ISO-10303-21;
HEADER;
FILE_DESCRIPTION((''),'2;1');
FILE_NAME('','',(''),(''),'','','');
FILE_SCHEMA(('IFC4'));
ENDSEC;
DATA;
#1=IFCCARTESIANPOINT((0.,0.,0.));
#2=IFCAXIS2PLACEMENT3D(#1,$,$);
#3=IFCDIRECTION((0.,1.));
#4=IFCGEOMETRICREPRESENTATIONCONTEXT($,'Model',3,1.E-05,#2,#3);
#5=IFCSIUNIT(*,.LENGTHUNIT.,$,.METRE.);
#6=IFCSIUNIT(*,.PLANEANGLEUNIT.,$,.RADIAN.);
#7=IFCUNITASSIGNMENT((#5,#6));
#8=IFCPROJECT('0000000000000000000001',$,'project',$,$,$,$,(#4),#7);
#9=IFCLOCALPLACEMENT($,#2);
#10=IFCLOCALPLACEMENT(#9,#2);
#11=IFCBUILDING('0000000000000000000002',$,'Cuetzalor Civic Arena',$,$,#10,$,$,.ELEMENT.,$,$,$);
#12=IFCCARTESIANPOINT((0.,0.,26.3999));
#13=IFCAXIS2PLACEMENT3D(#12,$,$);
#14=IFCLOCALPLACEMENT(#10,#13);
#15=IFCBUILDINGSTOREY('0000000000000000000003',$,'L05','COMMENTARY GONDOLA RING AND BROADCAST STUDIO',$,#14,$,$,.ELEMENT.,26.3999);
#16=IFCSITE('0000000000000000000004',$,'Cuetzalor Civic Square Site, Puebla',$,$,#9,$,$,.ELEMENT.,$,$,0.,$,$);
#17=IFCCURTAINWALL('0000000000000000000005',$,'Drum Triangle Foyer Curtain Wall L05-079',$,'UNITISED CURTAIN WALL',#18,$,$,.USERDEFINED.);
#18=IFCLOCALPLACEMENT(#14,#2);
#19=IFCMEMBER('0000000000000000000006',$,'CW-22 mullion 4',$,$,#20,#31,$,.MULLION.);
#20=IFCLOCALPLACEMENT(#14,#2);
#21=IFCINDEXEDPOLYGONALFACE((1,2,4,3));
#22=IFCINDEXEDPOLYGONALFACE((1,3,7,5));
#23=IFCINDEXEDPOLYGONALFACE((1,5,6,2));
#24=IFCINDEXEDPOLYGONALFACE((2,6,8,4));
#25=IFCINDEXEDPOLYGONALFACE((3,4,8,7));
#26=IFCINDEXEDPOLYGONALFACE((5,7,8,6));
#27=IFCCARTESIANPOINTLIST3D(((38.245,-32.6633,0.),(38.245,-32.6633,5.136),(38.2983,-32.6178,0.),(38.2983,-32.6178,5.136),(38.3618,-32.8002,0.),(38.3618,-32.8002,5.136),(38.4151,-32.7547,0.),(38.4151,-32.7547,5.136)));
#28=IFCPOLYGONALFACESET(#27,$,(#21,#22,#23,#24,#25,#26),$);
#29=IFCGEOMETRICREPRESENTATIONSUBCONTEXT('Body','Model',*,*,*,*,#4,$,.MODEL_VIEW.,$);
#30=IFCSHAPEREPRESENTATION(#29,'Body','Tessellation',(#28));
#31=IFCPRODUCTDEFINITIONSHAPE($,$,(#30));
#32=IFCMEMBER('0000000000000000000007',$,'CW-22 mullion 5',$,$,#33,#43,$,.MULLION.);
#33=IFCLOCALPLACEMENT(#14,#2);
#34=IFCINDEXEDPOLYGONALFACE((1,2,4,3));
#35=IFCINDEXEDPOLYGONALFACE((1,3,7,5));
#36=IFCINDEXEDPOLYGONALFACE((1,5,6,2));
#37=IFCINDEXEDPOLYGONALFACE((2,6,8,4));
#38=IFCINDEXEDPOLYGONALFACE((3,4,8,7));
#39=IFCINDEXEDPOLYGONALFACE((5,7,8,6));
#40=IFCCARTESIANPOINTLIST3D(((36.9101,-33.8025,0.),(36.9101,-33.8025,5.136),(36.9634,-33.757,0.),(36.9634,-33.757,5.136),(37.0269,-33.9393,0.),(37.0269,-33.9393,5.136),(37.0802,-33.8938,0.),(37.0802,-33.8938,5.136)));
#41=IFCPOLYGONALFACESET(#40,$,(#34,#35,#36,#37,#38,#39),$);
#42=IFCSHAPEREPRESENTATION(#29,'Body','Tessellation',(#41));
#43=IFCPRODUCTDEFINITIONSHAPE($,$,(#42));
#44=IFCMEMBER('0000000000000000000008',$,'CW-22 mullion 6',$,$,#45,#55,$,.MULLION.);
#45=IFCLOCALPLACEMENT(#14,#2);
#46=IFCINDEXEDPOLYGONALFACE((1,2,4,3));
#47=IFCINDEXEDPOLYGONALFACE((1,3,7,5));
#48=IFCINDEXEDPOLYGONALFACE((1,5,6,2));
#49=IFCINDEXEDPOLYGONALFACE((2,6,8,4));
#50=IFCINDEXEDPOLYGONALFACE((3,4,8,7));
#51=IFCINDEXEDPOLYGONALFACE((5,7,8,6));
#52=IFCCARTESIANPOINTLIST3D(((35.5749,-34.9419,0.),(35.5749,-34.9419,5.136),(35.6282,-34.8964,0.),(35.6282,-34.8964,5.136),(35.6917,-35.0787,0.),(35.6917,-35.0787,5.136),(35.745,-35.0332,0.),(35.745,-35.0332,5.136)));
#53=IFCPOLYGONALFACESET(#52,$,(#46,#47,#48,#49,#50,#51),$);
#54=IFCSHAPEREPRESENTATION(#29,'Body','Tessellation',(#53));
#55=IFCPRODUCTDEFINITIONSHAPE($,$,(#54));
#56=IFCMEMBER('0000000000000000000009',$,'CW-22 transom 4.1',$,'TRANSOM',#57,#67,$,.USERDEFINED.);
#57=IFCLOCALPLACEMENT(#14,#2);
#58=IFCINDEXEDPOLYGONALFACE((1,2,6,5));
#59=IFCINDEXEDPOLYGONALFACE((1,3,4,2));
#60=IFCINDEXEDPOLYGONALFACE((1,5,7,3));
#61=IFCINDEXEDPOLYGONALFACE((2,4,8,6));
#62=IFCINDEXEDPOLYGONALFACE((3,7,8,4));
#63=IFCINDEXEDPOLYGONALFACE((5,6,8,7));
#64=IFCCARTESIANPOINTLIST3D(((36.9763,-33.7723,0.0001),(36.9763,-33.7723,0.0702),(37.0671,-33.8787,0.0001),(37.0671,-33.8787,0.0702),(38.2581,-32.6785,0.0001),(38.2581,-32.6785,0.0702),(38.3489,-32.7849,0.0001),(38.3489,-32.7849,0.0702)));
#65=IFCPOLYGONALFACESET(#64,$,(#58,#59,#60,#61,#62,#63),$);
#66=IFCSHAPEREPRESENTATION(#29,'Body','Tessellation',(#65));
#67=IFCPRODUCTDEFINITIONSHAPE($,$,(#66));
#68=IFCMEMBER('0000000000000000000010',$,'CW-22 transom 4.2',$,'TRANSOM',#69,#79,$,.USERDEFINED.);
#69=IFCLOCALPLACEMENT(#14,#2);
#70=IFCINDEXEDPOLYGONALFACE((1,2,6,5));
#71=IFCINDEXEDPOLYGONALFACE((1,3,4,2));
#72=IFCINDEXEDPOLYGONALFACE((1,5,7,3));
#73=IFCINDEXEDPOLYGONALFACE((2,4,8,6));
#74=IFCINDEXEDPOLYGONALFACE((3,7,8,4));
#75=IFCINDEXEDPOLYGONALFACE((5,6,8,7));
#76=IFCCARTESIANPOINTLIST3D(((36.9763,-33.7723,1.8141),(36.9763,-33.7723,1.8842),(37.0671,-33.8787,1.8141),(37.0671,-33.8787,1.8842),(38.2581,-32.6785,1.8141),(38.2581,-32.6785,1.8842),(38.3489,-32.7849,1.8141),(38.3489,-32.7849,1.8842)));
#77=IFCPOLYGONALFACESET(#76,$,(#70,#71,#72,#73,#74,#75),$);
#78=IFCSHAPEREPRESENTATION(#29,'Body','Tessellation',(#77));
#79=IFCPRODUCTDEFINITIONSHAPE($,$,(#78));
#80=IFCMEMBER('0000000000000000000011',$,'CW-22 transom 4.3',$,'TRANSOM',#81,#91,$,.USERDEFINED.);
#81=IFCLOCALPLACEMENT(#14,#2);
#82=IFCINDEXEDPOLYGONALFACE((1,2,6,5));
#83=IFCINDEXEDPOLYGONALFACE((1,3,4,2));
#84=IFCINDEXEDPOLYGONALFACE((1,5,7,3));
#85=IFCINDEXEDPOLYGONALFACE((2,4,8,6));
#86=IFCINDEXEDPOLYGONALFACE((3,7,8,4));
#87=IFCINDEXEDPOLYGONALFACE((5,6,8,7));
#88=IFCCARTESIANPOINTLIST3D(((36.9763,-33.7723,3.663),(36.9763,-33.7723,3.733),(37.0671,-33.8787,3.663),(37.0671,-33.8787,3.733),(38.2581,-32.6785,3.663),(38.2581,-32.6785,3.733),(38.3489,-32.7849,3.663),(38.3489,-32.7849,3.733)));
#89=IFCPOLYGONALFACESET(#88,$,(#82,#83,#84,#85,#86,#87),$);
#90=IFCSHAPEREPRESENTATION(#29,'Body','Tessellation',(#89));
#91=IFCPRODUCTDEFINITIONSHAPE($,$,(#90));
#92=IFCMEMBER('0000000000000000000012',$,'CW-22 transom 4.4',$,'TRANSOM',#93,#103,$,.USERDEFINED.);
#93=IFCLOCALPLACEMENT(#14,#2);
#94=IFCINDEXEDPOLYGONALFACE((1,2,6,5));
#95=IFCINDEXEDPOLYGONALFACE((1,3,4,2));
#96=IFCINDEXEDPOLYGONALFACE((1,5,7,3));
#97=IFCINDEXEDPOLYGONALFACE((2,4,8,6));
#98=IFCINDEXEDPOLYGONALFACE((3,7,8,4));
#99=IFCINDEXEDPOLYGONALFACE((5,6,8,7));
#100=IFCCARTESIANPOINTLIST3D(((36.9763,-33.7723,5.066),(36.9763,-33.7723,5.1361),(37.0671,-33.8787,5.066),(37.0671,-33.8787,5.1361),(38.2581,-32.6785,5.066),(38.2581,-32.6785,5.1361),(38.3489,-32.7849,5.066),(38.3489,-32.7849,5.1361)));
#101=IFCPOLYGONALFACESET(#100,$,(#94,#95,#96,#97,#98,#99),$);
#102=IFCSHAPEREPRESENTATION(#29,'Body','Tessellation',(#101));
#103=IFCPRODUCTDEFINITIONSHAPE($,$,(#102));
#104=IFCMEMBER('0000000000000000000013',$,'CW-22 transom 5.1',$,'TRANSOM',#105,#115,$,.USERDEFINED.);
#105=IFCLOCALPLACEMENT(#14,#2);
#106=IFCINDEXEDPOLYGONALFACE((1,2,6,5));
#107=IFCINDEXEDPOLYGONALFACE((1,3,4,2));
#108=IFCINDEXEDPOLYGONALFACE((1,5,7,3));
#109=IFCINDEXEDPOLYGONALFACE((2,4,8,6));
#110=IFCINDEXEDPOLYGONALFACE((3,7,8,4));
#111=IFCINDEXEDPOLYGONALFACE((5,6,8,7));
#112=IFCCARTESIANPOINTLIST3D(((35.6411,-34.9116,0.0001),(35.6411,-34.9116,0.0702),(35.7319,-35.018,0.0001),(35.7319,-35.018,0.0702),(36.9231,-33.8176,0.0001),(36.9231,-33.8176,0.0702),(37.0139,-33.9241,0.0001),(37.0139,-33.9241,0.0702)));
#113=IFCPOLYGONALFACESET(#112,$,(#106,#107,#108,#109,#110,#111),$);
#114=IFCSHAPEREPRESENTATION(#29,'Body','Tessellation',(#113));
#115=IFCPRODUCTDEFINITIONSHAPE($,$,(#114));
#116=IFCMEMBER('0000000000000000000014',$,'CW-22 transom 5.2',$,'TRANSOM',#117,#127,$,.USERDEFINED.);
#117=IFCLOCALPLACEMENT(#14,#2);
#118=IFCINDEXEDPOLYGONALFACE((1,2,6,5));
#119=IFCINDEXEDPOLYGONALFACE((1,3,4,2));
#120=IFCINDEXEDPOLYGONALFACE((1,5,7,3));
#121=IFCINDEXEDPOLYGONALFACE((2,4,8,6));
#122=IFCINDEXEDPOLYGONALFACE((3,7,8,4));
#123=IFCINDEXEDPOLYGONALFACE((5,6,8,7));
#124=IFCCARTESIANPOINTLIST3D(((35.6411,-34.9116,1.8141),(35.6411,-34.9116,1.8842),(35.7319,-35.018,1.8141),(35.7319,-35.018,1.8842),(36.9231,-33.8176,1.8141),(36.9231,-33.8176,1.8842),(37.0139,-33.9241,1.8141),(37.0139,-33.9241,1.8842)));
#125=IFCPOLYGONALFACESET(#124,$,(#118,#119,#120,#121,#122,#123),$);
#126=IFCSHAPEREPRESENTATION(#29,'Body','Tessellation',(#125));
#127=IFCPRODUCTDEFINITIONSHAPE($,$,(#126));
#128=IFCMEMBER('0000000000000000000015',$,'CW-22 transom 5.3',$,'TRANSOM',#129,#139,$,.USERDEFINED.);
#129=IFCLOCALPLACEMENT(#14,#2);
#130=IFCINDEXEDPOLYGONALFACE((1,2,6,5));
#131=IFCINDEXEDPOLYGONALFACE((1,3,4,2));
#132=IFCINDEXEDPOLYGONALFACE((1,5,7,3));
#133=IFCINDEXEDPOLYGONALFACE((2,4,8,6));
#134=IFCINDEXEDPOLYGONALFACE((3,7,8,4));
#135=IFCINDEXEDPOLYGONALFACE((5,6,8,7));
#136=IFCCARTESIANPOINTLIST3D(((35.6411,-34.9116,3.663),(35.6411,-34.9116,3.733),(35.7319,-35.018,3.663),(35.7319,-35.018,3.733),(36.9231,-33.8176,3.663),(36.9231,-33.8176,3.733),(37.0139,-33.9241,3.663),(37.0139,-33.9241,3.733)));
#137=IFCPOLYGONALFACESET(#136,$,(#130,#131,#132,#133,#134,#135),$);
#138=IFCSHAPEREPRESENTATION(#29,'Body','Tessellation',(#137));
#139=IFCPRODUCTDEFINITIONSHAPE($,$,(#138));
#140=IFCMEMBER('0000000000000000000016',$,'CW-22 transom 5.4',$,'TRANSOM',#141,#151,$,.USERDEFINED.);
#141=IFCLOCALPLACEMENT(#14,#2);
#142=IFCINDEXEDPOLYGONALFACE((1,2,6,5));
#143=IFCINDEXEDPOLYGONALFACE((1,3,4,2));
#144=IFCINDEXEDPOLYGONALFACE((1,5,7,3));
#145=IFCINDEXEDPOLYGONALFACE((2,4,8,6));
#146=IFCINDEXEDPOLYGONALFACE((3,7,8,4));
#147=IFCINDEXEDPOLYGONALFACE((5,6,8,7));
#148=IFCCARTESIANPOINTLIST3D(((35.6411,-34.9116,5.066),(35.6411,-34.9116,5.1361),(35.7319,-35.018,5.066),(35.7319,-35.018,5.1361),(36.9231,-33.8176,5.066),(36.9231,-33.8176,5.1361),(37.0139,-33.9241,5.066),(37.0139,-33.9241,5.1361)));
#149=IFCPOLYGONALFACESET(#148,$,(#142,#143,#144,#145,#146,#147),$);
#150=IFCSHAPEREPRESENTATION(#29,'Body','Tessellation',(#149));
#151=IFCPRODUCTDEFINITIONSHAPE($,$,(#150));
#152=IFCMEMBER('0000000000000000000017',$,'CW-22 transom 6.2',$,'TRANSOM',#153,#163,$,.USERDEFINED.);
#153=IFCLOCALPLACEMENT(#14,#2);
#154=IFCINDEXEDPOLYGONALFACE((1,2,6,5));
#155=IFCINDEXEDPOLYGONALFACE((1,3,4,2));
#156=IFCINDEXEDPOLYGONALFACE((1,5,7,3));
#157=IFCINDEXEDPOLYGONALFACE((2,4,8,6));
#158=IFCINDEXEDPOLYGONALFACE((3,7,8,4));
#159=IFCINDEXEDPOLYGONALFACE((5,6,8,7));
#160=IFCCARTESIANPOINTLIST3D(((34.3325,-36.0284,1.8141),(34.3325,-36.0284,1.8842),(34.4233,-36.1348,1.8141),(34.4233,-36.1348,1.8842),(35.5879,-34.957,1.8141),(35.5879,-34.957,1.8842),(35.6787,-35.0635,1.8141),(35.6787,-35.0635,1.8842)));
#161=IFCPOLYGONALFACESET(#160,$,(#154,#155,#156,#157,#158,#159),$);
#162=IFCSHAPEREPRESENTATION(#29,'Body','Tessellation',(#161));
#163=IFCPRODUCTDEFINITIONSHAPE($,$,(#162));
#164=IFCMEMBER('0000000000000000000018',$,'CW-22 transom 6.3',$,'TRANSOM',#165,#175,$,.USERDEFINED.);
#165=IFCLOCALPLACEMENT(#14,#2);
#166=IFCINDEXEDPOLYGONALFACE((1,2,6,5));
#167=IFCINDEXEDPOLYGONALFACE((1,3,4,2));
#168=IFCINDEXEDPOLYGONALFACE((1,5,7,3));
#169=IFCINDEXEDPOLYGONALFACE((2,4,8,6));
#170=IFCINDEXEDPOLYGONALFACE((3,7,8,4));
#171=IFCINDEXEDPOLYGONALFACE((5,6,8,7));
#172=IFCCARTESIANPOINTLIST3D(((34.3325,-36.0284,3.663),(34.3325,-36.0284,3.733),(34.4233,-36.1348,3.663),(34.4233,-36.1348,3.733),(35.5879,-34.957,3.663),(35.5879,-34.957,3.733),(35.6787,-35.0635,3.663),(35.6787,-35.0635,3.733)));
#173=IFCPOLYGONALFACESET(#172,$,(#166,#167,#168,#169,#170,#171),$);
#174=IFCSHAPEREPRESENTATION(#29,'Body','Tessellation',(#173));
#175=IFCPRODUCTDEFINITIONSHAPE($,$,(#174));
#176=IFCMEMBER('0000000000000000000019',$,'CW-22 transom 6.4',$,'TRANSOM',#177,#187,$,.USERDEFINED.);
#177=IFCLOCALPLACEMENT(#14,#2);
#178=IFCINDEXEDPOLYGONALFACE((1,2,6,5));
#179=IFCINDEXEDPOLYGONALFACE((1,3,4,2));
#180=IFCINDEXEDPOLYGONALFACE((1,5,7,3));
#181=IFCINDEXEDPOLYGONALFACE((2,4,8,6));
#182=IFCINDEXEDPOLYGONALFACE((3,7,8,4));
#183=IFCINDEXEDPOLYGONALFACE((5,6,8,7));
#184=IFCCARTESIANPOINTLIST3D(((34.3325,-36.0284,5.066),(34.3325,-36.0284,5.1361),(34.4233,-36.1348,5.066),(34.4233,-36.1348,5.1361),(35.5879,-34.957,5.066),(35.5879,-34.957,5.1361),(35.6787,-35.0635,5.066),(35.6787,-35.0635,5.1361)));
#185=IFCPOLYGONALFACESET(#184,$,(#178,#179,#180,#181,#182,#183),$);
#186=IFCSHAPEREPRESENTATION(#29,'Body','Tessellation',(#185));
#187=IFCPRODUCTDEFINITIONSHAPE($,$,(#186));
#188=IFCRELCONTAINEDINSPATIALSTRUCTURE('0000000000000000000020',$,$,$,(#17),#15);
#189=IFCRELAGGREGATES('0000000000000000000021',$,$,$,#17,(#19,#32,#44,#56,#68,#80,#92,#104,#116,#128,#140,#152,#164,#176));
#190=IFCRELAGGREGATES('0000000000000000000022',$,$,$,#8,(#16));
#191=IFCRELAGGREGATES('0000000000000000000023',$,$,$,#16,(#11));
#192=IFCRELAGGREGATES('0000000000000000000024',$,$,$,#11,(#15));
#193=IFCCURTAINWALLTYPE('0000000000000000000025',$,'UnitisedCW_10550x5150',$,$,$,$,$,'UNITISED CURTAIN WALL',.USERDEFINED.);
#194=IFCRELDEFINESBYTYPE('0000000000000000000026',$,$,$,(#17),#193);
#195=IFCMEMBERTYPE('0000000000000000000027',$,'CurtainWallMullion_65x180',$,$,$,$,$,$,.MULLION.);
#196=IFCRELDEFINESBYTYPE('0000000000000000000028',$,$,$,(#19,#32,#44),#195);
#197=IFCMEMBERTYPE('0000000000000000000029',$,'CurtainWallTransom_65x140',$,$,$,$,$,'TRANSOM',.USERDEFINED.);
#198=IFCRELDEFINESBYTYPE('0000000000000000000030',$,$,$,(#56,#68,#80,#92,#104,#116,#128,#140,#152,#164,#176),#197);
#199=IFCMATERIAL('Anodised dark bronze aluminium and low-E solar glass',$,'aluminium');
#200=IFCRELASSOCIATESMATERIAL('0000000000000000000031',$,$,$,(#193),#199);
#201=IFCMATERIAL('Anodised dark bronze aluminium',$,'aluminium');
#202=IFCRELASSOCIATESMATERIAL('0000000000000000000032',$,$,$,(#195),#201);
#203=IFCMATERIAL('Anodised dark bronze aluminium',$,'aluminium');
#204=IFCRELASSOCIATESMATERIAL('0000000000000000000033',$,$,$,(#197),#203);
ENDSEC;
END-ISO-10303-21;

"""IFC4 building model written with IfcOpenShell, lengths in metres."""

from ifc_helpers import new_model, si_unit, direction, frame, origin, origin_2d, place, context, subcontext, project, spatial, rectangle, extrude, material, material_profile, profile_set, type_object, element, aggregate, save


model = new_model("IFC4")

# Units and contexts
model_context = context("Model", 3, precision=1e-05, world=origin(), true_north=direction((0.0, 1.0)))
body_context = subcontext(model_context, "Body", "Model", "MODEL_VIEW")
ifc_project = project(units=[si_unit("LENGTHUNIT", "METRE"), si_unit("PLANEANGLEUNIT", "RADIAN")], contexts=[model_context])

# Site, building, storey
site_placement = place(None, origin())
site = spatial("IfcSite", under=ifc_project, at=site_placement, Name="Cuetzalor Civic Square Site, Puebla", CompositionType="ELEMENT", RefElevation=0.0)
building_placement = place(site_placement, origin())
building = spatial("IfcBuilding", under=site, at=building_placement, Name="Cuetzalor Civic Arena", CompositionType="ELEMENT")
storey_placement = place(building_placement, frame((0.0, 0.0, 26.3999)))
storey = spatial("IfcBuildingStorey", under=building, at=storey_placement, Name="L05", Description="COMMENTARY GONDOLA RING AND BROADCAST STUDIO", CompositionType="ELEMENT", Elevation=26.3999)

# Curtain wall, members
ifc_material_1 = material(Name="Anodised dark bronze aluminium and low-E solar glass", Category="aluminium")
curtain_wall_type = type_object("IfcCurtainWallType", Name="UnitisedCW_10550x5150", ElementType="UNITISED CURTAIN WALL", PredefinedType="USERDEFINED", material=ifc_material_1)
curtain_wall_placement = place(storey_placement, origin())
curtain_wall = element("IfcCurtainWall", 1, at=curtain_wall_placement, inside=storey, type_object=curtain_wall_type, Name="Drum Triangle Foyer Curtain Wall L05-079", ObjectType="UNITISED CURTAIN WALL", PredefinedType="USERDEFINED")
ifc_material_2 = material(Name="Anodised dark bronze aluminium", Category="aluminium")
ifc_material_profile_1 = material_profile(ifc_material_2, rectangle(XDim=0.0701, YDim=0.1799, at=origin_2d()), Name="ALU MULLION 70x180")
ifc_profile_set_1 = profile_set([ifc_material_profile_1], Name="Anodised dark bronze aluminium")
member_type_1 = type_object("IfcMemberType", Name="CurtainWallMullion_65x180", PredefinedType="MULLION", material=ifc_profile_set_1)
member_1_placement = place(storey_placement, frame((38.3301, -32.709, 0.0), z_axis=(0.0, 0.0, 1.0), x_axis=(-0.760677, -0.64913, 0.0)))
member_1 = element("IfcMember", 2, at=member_1_placement, type_object=member_type_1, Name="CW-22 mullion 4", PredefinedType="MULLION", context=body_context, shape_type="SweptSolid", body=[
    extrude(rectangle(XDim=0.0701, YDim=0.1799, at=origin_2d()), origin(), (0.0, 0.0, 1.0), 5.136),
])
member_2_placement = place(storey_placement, frame((36.9951, -33.8481, 0.0), z_axis=(0.0, 0.0, 1.0), x_axis=(-0.760677, -0.64913, 0.0)))
member_2 = element("IfcMember", 3, at=member_2_placement, type_object=member_type_1, Name="CW-22 mullion 5", PredefinedType="MULLION", context=body_context, shape_type="SweptSolid", body=[
    extrude(rectangle(XDim=0.0701, YDim=0.1799, at=origin_2d()), origin(), (0.0, 0.0, 1.0), 5.136),
])
member_3_placement = place(storey_placement, frame((35.6599, -34.9875, 0.0), z_axis=(0.0, 0.0, 1.0), x_axis=(-0.760677, -0.64913, 0.0)))
member_3 = element("IfcMember", 4, at=member_3_placement, type_object=member_type_1, Name="CW-22 mullion 6", PredefinedType="MULLION", context=body_context, shape_type="SweptSolid", body=[
    extrude(rectangle(XDim=0.0701, YDim=0.1799, at=origin_2d()), origin(), (0.0, 0.0, 1.0), 5.136),
])
ifc_material_3 = material(Name="Anodised dark bronze aluminium", Category="aluminium")
ifc_material_profile_2 = material_profile(ifc_material_3, rectangle(XDim=0.1399, YDim=0.0701, at=origin_2d()), Name="ALU TRANSOM 70x140")
ifc_profile_set_2 = profile_set([ifc_material_profile_2], Name="Anodised dark bronze aluminium")
member_type_2 = type_object("IfcMemberType", Name="CurtainWallTransom_65x140", ElementType="TRANSOM", PredefinedType="USERDEFINED", material=ifc_profile_set_2)
member_4_placement = place(storey_placement, frame((38.3035, -32.7317, 0.0352), z_axis=(-0.760687, -0.649119, 0.0), x_axis=(0.649119, -0.760687, 0.0)))
member_4 = element("IfcMember", 5, at=member_4_placement, type_object=member_type_2, Name="CW-22 transom 4.1", ObjectType="TRANSOM", PredefinedType="USERDEFINED", context=body_context, shape_type="SweptSolid", body=[
    extrude(rectangle(XDim=0.1399, YDim=0.0701, at=origin_2d()), origin(), (0.0, 0.0, 1.0), 1.6851),
])
member_5_placement = place(storey_placement, frame((38.3035, -32.7317, 1.8491), z_axis=(-0.760687, -0.649119, 0.0), x_axis=(0.649119, -0.760687, 0.0)))
member_5 = element("IfcMember", 6, at=member_5_placement, type_object=member_type_2, Name="CW-22 transom 4.2", ObjectType="TRANSOM", PredefinedType="USERDEFINED", context=body_context, shape_type="SweptSolid", body=[
    extrude(rectangle(XDim=0.1399, YDim=0.0701, at=origin_2d()), origin(), (0.0, 0.0, 1.0), 1.6851),
])
member_6_placement = place(storey_placement, frame((38.3035, -32.7317, 3.698), z_axis=(-0.760687, -0.649119, 0.0), x_axis=(0.649119, -0.760687, 0.0)))
member_6 = element("IfcMember", 7, at=member_6_placement, type_object=member_type_2, Name="CW-22 transom 4.3", ObjectType="TRANSOM", PredefinedType="USERDEFINED", context=body_context, shape_type="SweptSolid", body=[
    extrude(rectangle(XDim=0.1399, YDim=0.0701, at=origin_2d()), origin(), (0.0, 0.0, 1.0), 1.6851),
])
member_7_placement = place(storey_placement, frame((38.3035, -32.7317, 5.1011), z_axis=(-0.760687, -0.649119, 0.0), x_axis=(0.649119, -0.760687, 0.0)))
member_7 = element("IfcMember", 8, at=member_7_placement, type_object=member_type_2, Name="CW-22 transom 4.4", ObjectType="TRANSOM", PredefinedType="USERDEFINED", context=body_context, shape_type="SweptSolid", body=[
    extrude(rectangle(XDim=0.1399, YDim=0.0701, at=origin_2d()), origin(), (0.0, 0.0, 1.0), 1.6851),
])
member_8_placement = place(storey_placement, frame((36.9685, -33.8708, 0.0352), z_axis=(-0.760676, -0.649132, 0.0), x_axis=(0.649132, -0.760676, 0.0)))
member_8 = element("IfcMember", 9, at=member_8_placement, type_object=member_type_2, Name="CW-22 transom 5.1", ObjectType="TRANSOM", PredefinedType="USERDEFINED", context=body_context, shape_type="SweptSolid", body=[
    extrude(rectangle(XDim=0.1399, YDim=0.0701, at=origin_2d()), origin(), (0.0, 0.0, 1.0), 1.6853),
])
member_9_placement = place(storey_placement, frame((36.9685, -33.8708, 1.8491), z_axis=(-0.760676, -0.649132, 0.0), x_axis=(0.649132, -0.760676, 0.0)))
member_9 = element("IfcMember", 10, at=member_9_placement, type_object=member_type_2, Name="CW-22 transom 5.2", ObjectType="TRANSOM", PredefinedType="USERDEFINED", context=body_context, shape_type="SweptSolid", body=[
    extrude(rectangle(XDim=0.1399, YDim=0.0701, at=origin_2d()), origin(), (0.0, 0.0, 1.0), 1.6853),
])
member_10_placement = place(storey_placement, frame((36.9685, -33.8708, 3.698), z_axis=(-0.760676, -0.649132, 0.0), x_axis=(0.649132, -0.760676, 0.0)))
member_10 = element("IfcMember", 11, at=member_10_placement, type_object=member_type_2, Name="CW-22 transom 5.3", ObjectType="TRANSOM", PredefinedType="USERDEFINED", context=body_context, shape_type="SweptSolid", body=[
    extrude(rectangle(XDim=0.1399, YDim=0.0701, at=origin_2d()), origin(), (0.0, 0.0, 1.0), 1.6853),
])
member_11_placement = place(storey_placement, frame((36.9685, -33.8708, 5.1011), z_axis=(-0.760676, -0.649132, 0.0), x_axis=(0.649132, -0.760676, 0.0)))
member_11 = element("IfcMember", 12, at=member_11_placement, type_object=member_type_2, Name="CW-22 transom 5.4", ObjectType="TRANSOM", PredefinedType="USERDEFINED", context=body_context, shape_type="SweptSolid", body=[
    extrude(rectangle(XDim=0.1399, YDim=0.0701, at=origin_2d()), origin(), (0.0, 0.0, 1.0), 1.6853),
])
member_12_placement = place(storey_placement, frame((35.6333, -35.0103, 1.8491), z_axis=(-0.760675, -0.649133, 0.0), x_axis=(0.649133, -0.760675, 0.0)))
member_12 = element("IfcMember", 13, at=member_12_placement, type_object=member_type_2, Name="CW-22 transom 6.2", ObjectType="TRANSOM", PredefinedType="USERDEFINED", context=body_context, shape_type="SweptSolid", body=[
    extrude(rectangle(XDim=0.1399, YDim=0.0701, at=origin_2d()), origin(), (0.0, 0.0, 1.0), 1.6504),
])
member_13_placement = place(storey_placement, frame((35.6333, -35.0103, 3.698), z_axis=(-0.760675, -0.649133, 0.0), x_axis=(0.649133, -0.760675, 0.0)))
member_13 = element("IfcMember", 14, at=member_13_placement, type_object=member_type_2, Name="CW-22 transom 6.3", ObjectType="TRANSOM", PredefinedType="USERDEFINED", context=body_context, shape_type="SweptSolid", body=[
    extrude(rectangle(XDim=0.1399, YDim=0.0701, at=origin_2d()), origin(), (0.0, 0.0, 1.0), 1.6504),
])
member_14_placement = place(storey_placement, frame((35.6333, -35.0103, 5.1011), z_axis=(-0.760675, -0.649133, 0.0), x_axis=(0.649133, -0.760675, 0.0)))
member_14 = element("IfcMember", 15, at=member_14_placement, type_object=member_type_2, Name="CW-22 transom 6.4", ObjectType="TRANSOM", PredefinedType="USERDEFINED", context=body_context, shape_type="SweptSolid", body=[
    extrude(rectangle(XDim=0.1399, YDim=0.0701, at=origin_2d()), origin(), (0.0, 0.0, 1.0), 1.6504),
])
aggregate(curtain_wall, [member_1, member_2, member_3, member_4, member_5, member_6, member_7, member_8, member_9, member_10, member_11, member_12, member_13, member_14])

save(model, "model.ifc")
